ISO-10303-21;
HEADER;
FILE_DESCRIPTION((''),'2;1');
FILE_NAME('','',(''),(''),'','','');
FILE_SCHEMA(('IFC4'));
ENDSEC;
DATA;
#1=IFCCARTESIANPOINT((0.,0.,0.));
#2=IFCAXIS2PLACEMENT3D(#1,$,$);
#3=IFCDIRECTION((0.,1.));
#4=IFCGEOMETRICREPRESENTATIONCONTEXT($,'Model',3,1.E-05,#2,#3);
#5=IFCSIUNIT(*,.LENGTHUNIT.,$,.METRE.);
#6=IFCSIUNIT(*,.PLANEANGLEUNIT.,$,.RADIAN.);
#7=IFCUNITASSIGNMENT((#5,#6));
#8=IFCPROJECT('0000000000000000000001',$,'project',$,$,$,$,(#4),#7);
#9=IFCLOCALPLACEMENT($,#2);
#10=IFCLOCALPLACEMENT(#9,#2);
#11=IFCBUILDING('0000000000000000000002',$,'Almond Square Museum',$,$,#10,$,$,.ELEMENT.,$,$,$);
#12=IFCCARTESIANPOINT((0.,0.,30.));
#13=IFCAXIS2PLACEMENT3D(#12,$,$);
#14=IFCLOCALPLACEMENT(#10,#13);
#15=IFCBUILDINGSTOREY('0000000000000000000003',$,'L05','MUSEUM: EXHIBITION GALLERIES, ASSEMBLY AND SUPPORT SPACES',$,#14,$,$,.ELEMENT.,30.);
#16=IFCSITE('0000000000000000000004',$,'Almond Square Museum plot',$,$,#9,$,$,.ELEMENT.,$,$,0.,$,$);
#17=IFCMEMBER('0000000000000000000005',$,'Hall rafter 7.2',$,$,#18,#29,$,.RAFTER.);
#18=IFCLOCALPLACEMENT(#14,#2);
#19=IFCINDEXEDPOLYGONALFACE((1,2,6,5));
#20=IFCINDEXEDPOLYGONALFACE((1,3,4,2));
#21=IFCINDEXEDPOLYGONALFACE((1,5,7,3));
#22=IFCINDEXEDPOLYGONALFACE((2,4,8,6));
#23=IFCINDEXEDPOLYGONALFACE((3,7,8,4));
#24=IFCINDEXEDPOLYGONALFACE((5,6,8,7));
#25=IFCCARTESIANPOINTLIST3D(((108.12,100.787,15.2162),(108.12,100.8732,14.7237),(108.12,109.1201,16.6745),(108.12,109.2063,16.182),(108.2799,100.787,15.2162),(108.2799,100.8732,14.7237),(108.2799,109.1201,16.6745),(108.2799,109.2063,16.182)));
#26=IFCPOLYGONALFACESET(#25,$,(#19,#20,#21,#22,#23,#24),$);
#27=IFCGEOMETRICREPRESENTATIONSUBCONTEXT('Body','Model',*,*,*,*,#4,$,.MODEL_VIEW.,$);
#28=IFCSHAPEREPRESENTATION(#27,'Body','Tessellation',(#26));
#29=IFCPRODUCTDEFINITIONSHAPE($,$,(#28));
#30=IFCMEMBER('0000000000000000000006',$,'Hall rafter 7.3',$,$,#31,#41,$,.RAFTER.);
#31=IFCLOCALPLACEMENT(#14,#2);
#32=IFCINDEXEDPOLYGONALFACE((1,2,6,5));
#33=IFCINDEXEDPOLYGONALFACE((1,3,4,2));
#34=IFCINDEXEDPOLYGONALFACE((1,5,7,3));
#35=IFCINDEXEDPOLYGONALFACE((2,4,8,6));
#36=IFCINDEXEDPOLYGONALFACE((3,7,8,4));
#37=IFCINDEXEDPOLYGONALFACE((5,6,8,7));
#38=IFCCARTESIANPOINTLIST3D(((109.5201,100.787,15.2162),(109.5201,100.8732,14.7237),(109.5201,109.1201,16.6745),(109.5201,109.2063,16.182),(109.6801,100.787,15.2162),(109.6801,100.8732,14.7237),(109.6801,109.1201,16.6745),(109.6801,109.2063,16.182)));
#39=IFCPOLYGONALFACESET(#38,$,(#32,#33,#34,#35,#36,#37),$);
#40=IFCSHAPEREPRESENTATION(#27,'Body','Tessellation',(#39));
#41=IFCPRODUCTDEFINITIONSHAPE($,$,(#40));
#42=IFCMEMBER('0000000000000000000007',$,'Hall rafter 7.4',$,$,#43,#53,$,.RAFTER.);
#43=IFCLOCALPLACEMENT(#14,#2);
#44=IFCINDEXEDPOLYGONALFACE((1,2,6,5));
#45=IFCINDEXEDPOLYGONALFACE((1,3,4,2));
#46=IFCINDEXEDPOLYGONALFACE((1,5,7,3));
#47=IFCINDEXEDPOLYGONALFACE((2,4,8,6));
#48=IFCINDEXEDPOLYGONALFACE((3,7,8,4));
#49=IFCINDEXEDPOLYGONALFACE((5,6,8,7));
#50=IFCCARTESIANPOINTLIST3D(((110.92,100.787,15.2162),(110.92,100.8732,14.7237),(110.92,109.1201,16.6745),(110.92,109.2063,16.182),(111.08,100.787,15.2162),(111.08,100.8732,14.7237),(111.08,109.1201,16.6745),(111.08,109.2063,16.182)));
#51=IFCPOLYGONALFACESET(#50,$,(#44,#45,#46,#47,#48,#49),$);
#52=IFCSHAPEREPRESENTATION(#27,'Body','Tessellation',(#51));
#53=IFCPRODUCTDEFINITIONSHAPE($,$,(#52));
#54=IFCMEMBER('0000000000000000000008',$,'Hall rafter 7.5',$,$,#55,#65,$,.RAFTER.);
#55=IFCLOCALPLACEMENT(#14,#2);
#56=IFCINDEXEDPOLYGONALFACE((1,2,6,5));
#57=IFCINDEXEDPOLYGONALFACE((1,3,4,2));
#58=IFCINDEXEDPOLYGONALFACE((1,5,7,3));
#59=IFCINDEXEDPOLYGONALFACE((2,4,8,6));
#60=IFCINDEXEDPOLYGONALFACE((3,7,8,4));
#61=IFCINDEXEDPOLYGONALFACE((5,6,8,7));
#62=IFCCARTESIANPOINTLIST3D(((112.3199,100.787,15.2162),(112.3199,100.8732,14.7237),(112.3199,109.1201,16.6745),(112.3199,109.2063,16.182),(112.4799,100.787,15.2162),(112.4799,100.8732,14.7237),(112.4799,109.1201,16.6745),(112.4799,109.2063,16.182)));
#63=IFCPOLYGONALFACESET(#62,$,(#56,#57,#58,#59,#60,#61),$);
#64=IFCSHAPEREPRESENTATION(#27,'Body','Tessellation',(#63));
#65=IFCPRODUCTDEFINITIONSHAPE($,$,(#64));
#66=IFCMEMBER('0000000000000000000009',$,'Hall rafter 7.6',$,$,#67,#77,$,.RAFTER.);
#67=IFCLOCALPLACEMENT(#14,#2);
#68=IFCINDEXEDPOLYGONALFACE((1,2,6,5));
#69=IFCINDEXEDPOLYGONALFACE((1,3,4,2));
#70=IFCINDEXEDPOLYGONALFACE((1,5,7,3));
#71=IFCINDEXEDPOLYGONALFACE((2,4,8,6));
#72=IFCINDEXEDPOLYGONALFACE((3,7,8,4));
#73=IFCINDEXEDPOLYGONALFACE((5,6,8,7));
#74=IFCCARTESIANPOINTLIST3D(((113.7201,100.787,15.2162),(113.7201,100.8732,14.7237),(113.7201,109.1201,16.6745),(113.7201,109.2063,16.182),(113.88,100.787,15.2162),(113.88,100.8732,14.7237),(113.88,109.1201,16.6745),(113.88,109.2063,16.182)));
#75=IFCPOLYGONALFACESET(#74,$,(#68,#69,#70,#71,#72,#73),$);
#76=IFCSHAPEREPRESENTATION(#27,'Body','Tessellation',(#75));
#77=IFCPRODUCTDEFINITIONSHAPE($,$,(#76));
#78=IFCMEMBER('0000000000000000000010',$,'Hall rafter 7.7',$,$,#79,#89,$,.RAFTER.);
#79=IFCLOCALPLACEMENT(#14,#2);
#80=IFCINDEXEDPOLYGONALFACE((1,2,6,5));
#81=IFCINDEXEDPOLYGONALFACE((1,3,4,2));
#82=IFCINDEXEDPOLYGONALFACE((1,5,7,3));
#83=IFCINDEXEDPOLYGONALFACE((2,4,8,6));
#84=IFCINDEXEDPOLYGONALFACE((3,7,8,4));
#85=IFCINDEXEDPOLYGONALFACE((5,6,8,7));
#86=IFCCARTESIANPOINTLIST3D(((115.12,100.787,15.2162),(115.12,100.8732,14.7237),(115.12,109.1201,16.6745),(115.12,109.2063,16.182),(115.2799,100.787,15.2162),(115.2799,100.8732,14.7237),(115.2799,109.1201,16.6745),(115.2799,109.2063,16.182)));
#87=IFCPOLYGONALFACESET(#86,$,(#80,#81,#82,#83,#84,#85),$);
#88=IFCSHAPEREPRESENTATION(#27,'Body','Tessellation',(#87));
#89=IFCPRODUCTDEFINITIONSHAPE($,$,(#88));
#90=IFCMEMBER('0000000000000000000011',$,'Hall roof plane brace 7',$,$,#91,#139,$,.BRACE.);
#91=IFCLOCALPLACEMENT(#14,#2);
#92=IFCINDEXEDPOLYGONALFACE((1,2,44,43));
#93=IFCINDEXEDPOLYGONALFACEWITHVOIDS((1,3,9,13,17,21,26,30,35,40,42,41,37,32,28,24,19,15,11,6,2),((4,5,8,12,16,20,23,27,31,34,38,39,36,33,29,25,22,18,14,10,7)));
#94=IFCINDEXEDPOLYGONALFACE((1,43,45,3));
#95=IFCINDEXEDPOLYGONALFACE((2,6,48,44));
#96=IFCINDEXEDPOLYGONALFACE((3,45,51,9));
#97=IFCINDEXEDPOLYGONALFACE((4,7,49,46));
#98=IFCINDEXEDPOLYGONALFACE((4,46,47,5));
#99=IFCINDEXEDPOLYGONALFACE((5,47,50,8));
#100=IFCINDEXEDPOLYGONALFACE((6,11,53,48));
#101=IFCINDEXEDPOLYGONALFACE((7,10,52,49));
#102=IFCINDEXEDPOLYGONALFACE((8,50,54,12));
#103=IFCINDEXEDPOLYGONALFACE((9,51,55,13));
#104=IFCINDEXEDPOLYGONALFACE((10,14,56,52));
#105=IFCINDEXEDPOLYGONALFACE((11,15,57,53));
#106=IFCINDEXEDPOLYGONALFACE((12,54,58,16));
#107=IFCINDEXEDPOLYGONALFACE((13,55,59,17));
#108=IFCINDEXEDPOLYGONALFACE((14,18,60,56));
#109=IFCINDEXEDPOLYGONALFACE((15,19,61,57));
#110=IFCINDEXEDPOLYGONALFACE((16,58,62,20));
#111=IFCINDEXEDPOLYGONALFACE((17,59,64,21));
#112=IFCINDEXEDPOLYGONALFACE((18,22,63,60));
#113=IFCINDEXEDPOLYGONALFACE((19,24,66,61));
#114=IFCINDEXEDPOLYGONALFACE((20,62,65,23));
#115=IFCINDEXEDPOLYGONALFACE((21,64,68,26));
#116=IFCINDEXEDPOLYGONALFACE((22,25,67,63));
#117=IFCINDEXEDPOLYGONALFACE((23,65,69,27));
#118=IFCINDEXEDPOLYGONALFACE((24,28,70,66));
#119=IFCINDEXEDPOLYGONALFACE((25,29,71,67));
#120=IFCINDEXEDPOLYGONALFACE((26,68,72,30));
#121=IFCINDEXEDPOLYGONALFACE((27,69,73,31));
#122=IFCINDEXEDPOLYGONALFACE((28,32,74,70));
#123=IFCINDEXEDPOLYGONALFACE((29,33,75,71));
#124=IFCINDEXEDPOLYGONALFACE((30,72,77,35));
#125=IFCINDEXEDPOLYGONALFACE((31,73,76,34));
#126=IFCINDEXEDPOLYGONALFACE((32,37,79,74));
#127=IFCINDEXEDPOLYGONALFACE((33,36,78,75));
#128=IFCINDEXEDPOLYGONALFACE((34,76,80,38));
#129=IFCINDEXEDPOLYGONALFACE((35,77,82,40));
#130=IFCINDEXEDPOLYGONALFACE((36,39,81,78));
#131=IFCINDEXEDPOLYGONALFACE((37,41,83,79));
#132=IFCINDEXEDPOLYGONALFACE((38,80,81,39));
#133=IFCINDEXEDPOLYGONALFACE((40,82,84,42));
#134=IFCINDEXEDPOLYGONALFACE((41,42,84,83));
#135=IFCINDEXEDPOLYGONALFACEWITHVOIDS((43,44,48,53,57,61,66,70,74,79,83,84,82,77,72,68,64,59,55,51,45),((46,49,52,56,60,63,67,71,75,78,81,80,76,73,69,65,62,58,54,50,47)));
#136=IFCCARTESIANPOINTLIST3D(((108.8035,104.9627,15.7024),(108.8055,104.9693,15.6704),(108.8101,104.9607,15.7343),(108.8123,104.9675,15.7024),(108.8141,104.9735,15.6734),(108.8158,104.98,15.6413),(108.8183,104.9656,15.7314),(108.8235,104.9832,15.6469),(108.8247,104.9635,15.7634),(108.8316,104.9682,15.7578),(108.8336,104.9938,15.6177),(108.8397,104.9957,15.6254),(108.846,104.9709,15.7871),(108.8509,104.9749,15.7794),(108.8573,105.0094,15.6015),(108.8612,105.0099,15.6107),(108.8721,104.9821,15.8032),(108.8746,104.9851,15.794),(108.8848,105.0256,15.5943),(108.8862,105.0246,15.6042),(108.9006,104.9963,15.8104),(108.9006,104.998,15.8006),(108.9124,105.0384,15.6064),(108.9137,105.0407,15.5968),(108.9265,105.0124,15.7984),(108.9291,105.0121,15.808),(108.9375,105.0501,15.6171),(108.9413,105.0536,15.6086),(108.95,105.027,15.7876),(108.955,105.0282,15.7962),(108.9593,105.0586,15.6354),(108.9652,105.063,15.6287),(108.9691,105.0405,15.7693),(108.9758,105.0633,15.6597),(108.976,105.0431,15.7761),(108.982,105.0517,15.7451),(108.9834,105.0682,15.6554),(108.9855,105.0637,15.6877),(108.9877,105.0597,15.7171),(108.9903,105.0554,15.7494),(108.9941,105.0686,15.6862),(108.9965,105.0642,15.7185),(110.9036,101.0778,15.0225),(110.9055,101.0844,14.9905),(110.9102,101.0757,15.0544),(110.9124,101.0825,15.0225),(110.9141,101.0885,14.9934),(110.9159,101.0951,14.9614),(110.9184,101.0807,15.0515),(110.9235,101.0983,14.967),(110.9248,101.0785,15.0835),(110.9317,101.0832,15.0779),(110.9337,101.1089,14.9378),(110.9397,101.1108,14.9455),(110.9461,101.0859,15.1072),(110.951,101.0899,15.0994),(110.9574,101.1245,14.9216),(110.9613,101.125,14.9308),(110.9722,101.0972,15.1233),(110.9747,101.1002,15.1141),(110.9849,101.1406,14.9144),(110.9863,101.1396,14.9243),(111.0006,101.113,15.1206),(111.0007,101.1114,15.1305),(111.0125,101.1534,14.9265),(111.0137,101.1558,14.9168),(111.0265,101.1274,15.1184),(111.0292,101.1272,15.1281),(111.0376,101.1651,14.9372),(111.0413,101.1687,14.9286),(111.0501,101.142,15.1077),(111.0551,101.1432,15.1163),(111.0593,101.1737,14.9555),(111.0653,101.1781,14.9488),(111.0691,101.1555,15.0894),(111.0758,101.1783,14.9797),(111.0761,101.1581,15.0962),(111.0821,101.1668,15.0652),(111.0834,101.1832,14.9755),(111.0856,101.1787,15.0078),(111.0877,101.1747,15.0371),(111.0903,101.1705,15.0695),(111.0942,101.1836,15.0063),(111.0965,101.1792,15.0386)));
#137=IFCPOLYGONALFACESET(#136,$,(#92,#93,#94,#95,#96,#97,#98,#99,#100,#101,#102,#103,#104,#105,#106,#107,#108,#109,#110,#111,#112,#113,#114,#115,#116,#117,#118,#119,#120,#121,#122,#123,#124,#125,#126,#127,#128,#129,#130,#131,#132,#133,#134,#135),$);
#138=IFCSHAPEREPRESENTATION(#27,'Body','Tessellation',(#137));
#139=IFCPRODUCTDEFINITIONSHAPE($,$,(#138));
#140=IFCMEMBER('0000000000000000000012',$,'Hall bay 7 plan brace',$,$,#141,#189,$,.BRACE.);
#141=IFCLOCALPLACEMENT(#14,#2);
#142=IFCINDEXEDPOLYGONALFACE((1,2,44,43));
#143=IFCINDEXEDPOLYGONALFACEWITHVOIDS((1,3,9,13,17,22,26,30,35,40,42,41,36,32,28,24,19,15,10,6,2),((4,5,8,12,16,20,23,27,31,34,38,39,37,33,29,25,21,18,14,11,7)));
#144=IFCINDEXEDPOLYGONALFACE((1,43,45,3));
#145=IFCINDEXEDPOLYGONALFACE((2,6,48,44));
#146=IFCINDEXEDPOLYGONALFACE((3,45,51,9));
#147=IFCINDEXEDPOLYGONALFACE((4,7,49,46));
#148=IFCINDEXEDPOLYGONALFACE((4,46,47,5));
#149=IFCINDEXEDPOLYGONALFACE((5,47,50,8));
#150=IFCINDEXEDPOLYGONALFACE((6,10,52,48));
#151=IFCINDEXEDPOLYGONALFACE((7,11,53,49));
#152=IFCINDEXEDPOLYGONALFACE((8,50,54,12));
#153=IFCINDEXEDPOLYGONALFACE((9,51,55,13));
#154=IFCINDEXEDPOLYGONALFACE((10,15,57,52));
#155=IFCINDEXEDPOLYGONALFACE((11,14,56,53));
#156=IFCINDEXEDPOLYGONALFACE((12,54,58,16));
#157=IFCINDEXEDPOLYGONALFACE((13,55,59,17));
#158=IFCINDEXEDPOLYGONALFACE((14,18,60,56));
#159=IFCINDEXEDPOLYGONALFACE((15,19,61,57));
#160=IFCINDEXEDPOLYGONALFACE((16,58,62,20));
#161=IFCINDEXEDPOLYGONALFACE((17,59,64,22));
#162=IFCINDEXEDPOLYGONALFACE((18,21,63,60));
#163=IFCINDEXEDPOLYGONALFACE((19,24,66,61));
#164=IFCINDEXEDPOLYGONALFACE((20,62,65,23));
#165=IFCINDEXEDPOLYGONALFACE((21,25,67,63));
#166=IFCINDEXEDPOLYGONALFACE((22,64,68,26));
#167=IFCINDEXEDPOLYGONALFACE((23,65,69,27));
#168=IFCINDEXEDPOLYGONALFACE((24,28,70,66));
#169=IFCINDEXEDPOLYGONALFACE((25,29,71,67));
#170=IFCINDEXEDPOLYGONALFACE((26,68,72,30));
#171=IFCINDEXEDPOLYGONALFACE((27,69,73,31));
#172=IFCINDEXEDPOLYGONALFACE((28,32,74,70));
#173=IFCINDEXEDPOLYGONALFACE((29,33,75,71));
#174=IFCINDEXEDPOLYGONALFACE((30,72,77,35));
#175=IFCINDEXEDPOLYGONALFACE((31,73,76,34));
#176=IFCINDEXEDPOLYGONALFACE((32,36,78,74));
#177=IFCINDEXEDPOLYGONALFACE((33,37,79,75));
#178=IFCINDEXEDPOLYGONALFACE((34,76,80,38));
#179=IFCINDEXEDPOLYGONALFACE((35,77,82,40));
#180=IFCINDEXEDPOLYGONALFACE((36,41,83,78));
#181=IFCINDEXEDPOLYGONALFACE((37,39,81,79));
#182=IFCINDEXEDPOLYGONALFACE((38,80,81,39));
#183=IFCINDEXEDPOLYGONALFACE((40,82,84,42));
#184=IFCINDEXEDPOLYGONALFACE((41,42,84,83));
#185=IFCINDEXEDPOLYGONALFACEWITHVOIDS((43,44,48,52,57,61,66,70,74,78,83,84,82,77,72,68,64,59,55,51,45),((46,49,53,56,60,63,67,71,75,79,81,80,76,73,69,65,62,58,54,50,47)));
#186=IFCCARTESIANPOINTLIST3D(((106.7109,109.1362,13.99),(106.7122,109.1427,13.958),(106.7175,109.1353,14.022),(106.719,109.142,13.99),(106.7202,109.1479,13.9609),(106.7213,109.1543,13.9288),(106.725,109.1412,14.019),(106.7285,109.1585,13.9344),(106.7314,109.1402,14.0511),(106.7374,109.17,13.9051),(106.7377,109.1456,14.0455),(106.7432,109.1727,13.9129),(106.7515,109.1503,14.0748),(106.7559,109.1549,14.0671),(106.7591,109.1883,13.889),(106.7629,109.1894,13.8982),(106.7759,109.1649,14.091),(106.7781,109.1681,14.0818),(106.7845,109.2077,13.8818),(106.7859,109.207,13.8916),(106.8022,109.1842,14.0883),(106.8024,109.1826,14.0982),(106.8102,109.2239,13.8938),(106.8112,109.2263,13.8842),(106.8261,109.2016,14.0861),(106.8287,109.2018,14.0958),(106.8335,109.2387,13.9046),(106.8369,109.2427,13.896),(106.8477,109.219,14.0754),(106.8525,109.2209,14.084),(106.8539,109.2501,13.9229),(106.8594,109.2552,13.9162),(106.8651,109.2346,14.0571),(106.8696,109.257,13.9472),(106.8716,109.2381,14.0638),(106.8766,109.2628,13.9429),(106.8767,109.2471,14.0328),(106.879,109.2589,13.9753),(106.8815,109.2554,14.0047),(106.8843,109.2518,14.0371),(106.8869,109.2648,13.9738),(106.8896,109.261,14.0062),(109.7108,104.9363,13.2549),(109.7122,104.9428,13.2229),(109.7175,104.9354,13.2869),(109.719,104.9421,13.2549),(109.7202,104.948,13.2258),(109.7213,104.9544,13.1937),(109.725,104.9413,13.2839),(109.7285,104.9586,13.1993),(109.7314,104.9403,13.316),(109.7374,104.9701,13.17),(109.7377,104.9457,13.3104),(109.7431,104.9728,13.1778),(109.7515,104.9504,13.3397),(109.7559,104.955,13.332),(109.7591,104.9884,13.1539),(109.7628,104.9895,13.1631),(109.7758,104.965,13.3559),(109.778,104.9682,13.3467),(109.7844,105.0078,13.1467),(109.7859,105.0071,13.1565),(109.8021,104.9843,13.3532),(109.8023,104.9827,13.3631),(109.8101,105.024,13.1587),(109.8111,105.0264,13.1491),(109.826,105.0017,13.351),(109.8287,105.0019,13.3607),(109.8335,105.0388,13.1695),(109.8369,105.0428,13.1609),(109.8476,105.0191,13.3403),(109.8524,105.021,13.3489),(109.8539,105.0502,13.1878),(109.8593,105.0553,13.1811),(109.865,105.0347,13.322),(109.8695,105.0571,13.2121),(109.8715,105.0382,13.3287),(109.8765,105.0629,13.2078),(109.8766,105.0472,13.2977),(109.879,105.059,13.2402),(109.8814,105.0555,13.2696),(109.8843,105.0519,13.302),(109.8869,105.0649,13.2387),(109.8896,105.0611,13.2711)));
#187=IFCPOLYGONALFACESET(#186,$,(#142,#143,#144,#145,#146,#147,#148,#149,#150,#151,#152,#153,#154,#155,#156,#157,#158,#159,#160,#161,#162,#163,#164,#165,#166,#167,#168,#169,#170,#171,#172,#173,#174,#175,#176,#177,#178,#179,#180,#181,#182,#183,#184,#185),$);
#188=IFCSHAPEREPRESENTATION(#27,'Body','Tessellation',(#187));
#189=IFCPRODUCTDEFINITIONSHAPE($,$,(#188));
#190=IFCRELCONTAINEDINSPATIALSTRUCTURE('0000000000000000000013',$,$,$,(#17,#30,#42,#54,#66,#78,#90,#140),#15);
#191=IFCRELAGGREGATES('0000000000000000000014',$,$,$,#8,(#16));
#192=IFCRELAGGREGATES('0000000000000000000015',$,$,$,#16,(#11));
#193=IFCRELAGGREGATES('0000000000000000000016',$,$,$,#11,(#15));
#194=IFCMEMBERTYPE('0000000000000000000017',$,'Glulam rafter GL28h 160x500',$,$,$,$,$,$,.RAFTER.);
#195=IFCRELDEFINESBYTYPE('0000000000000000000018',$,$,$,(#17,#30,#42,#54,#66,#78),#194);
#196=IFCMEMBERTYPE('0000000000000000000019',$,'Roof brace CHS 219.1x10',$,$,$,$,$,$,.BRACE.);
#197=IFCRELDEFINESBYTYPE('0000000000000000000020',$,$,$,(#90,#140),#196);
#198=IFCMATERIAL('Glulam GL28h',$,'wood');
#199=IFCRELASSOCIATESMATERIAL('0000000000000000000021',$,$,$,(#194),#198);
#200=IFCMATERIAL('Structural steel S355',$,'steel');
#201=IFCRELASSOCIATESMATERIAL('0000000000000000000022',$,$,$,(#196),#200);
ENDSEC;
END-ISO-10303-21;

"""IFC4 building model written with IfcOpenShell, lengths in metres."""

from ifc_helpers import new_model, si_unit, direction, frame, origin, origin_2d, place, context, subcontext, project, spatial, rectangle, hollow_circle, extrude, material, material_profile, profile_set, type_object, element, save


model = new_model("IFC4")

# Units and contexts
model_context = context("Model", 3, precision=1e-05, world=origin(), true_north=direction((0.0, 1.0)))
body_context = subcontext(model_context, "Body", "Model", "MODEL_VIEW")
ifc_project = project(units=[si_unit("LENGTHUNIT", "METRE"), si_unit("PLANEANGLEUNIT", "RADIAN")], contexts=[model_context])

# Site, building, storey
site_placement = place(None, origin())
site = spatial("IfcSite", under=ifc_project, at=site_placement, Name="Almond Square Museum plot", CompositionType="ELEMENT", RefElevation=0.0)
building_placement = place(site_placement, origin())
building = spatial("IfcBuilding", under=site, at=building_placement, Name="Almond Square Museum", CompositionType="ELEMENT")
storey_placement = place(building_placement, frame((0.0, 0.0, 30.0)))
storey = spatial("IfcBuildingStorey", under=building, at=storey_placement, Name="L05", Description="MUSEUM: EXHIBITION GALLERIES, ASSEMBLY AND SUPPORT SPACES", CompositionType="ELEMENT", Elevation=30.0)

# Members
ifc_material_1 = material(Name="Glulam GL28h", Category="wood")
ifc_material_profile_1 = material_profile(ifc_material_1, rectangle(XDim=0.1599, YDim=0.5, at=origin_2d()))
ifc_profile_set_1 = profile_set([ifc_material_profile_1], Name="Glulam GL28h")
member_type_1 = type_object("IfcMemberType", Name="Glulam rafter GL28h 160x500", PredefinedType="RAFTER", material=ifc_profile_set_1)
for number, where, z_axis, x_axis, name in (
    (1, (108.2, 100.8301, 14.97), (0.0, 0.985031, 0.172378), (-1.0, 0.0, 0.0), "Hall rafter 7.2"),
    (2, (109.6001, 100.8301, 14.97), (0.0, 0.985031, 0.172378), (-1.0, 0.0, 0.0), "Hall rafter 7.3"),
    (3, (111.0, 100.8301, 14.97), (0.0, 0.985031, 0.172378), (-1.0, 0.0, 0.0), "Hall rafter 7.4"),
    (4, (112.3999, 100.8301, 14.97), (0.0, 0.985031, 0.172378), (-1.0, 0.0, 0.0), "Hall rafter 7.5"),
    (5, (113.8, 100.8301, 14.97), (0.0, 0.985031, 0.172378), (-1.0, 0.0, 0.0), "Hall rafter 7.6"),
    (6, (115.2, 100.8301, 14.97), (0.0, 0.985031, 0.172378), (-1.0, 0.0, 0.0), "Hall rafter 7.7"),
):
    element("IfcMember", number, at=place(storey_placement, frame(where, z_axis=z_axis, x_axis=x_axis)), inside=storey, type_object=member_type_1, Name=name, PredefinedType="RAFTER", context=body_context, shape_type="SweptSolid", body=[
        extrude(rectangle(XDim=0.1599, YDim=0.5, at=origin_2d()), origin(), (0.0, 0.0, 1.0), 8.4597),
    ])
ifc_material_2 = material(Name="Structural steel S355", Category="steel")
ifc_material_profile_2 = material_profile(ifc_material_2, hollow_circle(Radius=0.1096, WallThickness=0.01, at=origin_2d()))
ifc_profile_set_2 = profile_set([ifc_material_profile_2], Name="Structural steel S355")
member_type_2 = type_object("IfcMemberType", Name="Roof brace CHS 219.1x10", PredefinedType="BRACE", material=ifc_profile_set_2)
member_1_placement = place(storey_placement, frame((111.0, 101.1299, 15.0225), z_axis=(-0.469996, 0.869454, 0.152167), x_axis=(-0.879698, -0.475533, 0.0)))
element("IfcMember", 7, at=member_1_placement, inside=storey, type_object=member_type_2, Name="Hall roof plane brace 7", PredefinedType="BRACE", context=body_context, shape_type="SweptSolid", body=[
    extrude(hollow_circle(Radius=0.1096, WallThickness=0.01, at=origin_2d()), origin(), (0.0, 0.0, 1.0), 4.4683),
])
member_2_placement = place(storey_placement, frame((109.8, 105.0, 13.2549), z_axis=(-0.575436, 0.805601, 0.141002), x_axis=(-0.81373, -0.581243, 0.0)))
element("IfcMember", 8, at=member_2_placement, inside=storey, type_object=member_type_2, Name="Hall bay 7 plan brace", PredefinedType="BRACE", context=body_context, shape_type="SweptSolid", body=[
    extrude(hollow_circle(Radius=0.1096, WallThickness=0.01, at=origin_2d()), origin(), (0.0, 0.0, 1.0), 5.2134),
])

save(model, "model.ifc")
